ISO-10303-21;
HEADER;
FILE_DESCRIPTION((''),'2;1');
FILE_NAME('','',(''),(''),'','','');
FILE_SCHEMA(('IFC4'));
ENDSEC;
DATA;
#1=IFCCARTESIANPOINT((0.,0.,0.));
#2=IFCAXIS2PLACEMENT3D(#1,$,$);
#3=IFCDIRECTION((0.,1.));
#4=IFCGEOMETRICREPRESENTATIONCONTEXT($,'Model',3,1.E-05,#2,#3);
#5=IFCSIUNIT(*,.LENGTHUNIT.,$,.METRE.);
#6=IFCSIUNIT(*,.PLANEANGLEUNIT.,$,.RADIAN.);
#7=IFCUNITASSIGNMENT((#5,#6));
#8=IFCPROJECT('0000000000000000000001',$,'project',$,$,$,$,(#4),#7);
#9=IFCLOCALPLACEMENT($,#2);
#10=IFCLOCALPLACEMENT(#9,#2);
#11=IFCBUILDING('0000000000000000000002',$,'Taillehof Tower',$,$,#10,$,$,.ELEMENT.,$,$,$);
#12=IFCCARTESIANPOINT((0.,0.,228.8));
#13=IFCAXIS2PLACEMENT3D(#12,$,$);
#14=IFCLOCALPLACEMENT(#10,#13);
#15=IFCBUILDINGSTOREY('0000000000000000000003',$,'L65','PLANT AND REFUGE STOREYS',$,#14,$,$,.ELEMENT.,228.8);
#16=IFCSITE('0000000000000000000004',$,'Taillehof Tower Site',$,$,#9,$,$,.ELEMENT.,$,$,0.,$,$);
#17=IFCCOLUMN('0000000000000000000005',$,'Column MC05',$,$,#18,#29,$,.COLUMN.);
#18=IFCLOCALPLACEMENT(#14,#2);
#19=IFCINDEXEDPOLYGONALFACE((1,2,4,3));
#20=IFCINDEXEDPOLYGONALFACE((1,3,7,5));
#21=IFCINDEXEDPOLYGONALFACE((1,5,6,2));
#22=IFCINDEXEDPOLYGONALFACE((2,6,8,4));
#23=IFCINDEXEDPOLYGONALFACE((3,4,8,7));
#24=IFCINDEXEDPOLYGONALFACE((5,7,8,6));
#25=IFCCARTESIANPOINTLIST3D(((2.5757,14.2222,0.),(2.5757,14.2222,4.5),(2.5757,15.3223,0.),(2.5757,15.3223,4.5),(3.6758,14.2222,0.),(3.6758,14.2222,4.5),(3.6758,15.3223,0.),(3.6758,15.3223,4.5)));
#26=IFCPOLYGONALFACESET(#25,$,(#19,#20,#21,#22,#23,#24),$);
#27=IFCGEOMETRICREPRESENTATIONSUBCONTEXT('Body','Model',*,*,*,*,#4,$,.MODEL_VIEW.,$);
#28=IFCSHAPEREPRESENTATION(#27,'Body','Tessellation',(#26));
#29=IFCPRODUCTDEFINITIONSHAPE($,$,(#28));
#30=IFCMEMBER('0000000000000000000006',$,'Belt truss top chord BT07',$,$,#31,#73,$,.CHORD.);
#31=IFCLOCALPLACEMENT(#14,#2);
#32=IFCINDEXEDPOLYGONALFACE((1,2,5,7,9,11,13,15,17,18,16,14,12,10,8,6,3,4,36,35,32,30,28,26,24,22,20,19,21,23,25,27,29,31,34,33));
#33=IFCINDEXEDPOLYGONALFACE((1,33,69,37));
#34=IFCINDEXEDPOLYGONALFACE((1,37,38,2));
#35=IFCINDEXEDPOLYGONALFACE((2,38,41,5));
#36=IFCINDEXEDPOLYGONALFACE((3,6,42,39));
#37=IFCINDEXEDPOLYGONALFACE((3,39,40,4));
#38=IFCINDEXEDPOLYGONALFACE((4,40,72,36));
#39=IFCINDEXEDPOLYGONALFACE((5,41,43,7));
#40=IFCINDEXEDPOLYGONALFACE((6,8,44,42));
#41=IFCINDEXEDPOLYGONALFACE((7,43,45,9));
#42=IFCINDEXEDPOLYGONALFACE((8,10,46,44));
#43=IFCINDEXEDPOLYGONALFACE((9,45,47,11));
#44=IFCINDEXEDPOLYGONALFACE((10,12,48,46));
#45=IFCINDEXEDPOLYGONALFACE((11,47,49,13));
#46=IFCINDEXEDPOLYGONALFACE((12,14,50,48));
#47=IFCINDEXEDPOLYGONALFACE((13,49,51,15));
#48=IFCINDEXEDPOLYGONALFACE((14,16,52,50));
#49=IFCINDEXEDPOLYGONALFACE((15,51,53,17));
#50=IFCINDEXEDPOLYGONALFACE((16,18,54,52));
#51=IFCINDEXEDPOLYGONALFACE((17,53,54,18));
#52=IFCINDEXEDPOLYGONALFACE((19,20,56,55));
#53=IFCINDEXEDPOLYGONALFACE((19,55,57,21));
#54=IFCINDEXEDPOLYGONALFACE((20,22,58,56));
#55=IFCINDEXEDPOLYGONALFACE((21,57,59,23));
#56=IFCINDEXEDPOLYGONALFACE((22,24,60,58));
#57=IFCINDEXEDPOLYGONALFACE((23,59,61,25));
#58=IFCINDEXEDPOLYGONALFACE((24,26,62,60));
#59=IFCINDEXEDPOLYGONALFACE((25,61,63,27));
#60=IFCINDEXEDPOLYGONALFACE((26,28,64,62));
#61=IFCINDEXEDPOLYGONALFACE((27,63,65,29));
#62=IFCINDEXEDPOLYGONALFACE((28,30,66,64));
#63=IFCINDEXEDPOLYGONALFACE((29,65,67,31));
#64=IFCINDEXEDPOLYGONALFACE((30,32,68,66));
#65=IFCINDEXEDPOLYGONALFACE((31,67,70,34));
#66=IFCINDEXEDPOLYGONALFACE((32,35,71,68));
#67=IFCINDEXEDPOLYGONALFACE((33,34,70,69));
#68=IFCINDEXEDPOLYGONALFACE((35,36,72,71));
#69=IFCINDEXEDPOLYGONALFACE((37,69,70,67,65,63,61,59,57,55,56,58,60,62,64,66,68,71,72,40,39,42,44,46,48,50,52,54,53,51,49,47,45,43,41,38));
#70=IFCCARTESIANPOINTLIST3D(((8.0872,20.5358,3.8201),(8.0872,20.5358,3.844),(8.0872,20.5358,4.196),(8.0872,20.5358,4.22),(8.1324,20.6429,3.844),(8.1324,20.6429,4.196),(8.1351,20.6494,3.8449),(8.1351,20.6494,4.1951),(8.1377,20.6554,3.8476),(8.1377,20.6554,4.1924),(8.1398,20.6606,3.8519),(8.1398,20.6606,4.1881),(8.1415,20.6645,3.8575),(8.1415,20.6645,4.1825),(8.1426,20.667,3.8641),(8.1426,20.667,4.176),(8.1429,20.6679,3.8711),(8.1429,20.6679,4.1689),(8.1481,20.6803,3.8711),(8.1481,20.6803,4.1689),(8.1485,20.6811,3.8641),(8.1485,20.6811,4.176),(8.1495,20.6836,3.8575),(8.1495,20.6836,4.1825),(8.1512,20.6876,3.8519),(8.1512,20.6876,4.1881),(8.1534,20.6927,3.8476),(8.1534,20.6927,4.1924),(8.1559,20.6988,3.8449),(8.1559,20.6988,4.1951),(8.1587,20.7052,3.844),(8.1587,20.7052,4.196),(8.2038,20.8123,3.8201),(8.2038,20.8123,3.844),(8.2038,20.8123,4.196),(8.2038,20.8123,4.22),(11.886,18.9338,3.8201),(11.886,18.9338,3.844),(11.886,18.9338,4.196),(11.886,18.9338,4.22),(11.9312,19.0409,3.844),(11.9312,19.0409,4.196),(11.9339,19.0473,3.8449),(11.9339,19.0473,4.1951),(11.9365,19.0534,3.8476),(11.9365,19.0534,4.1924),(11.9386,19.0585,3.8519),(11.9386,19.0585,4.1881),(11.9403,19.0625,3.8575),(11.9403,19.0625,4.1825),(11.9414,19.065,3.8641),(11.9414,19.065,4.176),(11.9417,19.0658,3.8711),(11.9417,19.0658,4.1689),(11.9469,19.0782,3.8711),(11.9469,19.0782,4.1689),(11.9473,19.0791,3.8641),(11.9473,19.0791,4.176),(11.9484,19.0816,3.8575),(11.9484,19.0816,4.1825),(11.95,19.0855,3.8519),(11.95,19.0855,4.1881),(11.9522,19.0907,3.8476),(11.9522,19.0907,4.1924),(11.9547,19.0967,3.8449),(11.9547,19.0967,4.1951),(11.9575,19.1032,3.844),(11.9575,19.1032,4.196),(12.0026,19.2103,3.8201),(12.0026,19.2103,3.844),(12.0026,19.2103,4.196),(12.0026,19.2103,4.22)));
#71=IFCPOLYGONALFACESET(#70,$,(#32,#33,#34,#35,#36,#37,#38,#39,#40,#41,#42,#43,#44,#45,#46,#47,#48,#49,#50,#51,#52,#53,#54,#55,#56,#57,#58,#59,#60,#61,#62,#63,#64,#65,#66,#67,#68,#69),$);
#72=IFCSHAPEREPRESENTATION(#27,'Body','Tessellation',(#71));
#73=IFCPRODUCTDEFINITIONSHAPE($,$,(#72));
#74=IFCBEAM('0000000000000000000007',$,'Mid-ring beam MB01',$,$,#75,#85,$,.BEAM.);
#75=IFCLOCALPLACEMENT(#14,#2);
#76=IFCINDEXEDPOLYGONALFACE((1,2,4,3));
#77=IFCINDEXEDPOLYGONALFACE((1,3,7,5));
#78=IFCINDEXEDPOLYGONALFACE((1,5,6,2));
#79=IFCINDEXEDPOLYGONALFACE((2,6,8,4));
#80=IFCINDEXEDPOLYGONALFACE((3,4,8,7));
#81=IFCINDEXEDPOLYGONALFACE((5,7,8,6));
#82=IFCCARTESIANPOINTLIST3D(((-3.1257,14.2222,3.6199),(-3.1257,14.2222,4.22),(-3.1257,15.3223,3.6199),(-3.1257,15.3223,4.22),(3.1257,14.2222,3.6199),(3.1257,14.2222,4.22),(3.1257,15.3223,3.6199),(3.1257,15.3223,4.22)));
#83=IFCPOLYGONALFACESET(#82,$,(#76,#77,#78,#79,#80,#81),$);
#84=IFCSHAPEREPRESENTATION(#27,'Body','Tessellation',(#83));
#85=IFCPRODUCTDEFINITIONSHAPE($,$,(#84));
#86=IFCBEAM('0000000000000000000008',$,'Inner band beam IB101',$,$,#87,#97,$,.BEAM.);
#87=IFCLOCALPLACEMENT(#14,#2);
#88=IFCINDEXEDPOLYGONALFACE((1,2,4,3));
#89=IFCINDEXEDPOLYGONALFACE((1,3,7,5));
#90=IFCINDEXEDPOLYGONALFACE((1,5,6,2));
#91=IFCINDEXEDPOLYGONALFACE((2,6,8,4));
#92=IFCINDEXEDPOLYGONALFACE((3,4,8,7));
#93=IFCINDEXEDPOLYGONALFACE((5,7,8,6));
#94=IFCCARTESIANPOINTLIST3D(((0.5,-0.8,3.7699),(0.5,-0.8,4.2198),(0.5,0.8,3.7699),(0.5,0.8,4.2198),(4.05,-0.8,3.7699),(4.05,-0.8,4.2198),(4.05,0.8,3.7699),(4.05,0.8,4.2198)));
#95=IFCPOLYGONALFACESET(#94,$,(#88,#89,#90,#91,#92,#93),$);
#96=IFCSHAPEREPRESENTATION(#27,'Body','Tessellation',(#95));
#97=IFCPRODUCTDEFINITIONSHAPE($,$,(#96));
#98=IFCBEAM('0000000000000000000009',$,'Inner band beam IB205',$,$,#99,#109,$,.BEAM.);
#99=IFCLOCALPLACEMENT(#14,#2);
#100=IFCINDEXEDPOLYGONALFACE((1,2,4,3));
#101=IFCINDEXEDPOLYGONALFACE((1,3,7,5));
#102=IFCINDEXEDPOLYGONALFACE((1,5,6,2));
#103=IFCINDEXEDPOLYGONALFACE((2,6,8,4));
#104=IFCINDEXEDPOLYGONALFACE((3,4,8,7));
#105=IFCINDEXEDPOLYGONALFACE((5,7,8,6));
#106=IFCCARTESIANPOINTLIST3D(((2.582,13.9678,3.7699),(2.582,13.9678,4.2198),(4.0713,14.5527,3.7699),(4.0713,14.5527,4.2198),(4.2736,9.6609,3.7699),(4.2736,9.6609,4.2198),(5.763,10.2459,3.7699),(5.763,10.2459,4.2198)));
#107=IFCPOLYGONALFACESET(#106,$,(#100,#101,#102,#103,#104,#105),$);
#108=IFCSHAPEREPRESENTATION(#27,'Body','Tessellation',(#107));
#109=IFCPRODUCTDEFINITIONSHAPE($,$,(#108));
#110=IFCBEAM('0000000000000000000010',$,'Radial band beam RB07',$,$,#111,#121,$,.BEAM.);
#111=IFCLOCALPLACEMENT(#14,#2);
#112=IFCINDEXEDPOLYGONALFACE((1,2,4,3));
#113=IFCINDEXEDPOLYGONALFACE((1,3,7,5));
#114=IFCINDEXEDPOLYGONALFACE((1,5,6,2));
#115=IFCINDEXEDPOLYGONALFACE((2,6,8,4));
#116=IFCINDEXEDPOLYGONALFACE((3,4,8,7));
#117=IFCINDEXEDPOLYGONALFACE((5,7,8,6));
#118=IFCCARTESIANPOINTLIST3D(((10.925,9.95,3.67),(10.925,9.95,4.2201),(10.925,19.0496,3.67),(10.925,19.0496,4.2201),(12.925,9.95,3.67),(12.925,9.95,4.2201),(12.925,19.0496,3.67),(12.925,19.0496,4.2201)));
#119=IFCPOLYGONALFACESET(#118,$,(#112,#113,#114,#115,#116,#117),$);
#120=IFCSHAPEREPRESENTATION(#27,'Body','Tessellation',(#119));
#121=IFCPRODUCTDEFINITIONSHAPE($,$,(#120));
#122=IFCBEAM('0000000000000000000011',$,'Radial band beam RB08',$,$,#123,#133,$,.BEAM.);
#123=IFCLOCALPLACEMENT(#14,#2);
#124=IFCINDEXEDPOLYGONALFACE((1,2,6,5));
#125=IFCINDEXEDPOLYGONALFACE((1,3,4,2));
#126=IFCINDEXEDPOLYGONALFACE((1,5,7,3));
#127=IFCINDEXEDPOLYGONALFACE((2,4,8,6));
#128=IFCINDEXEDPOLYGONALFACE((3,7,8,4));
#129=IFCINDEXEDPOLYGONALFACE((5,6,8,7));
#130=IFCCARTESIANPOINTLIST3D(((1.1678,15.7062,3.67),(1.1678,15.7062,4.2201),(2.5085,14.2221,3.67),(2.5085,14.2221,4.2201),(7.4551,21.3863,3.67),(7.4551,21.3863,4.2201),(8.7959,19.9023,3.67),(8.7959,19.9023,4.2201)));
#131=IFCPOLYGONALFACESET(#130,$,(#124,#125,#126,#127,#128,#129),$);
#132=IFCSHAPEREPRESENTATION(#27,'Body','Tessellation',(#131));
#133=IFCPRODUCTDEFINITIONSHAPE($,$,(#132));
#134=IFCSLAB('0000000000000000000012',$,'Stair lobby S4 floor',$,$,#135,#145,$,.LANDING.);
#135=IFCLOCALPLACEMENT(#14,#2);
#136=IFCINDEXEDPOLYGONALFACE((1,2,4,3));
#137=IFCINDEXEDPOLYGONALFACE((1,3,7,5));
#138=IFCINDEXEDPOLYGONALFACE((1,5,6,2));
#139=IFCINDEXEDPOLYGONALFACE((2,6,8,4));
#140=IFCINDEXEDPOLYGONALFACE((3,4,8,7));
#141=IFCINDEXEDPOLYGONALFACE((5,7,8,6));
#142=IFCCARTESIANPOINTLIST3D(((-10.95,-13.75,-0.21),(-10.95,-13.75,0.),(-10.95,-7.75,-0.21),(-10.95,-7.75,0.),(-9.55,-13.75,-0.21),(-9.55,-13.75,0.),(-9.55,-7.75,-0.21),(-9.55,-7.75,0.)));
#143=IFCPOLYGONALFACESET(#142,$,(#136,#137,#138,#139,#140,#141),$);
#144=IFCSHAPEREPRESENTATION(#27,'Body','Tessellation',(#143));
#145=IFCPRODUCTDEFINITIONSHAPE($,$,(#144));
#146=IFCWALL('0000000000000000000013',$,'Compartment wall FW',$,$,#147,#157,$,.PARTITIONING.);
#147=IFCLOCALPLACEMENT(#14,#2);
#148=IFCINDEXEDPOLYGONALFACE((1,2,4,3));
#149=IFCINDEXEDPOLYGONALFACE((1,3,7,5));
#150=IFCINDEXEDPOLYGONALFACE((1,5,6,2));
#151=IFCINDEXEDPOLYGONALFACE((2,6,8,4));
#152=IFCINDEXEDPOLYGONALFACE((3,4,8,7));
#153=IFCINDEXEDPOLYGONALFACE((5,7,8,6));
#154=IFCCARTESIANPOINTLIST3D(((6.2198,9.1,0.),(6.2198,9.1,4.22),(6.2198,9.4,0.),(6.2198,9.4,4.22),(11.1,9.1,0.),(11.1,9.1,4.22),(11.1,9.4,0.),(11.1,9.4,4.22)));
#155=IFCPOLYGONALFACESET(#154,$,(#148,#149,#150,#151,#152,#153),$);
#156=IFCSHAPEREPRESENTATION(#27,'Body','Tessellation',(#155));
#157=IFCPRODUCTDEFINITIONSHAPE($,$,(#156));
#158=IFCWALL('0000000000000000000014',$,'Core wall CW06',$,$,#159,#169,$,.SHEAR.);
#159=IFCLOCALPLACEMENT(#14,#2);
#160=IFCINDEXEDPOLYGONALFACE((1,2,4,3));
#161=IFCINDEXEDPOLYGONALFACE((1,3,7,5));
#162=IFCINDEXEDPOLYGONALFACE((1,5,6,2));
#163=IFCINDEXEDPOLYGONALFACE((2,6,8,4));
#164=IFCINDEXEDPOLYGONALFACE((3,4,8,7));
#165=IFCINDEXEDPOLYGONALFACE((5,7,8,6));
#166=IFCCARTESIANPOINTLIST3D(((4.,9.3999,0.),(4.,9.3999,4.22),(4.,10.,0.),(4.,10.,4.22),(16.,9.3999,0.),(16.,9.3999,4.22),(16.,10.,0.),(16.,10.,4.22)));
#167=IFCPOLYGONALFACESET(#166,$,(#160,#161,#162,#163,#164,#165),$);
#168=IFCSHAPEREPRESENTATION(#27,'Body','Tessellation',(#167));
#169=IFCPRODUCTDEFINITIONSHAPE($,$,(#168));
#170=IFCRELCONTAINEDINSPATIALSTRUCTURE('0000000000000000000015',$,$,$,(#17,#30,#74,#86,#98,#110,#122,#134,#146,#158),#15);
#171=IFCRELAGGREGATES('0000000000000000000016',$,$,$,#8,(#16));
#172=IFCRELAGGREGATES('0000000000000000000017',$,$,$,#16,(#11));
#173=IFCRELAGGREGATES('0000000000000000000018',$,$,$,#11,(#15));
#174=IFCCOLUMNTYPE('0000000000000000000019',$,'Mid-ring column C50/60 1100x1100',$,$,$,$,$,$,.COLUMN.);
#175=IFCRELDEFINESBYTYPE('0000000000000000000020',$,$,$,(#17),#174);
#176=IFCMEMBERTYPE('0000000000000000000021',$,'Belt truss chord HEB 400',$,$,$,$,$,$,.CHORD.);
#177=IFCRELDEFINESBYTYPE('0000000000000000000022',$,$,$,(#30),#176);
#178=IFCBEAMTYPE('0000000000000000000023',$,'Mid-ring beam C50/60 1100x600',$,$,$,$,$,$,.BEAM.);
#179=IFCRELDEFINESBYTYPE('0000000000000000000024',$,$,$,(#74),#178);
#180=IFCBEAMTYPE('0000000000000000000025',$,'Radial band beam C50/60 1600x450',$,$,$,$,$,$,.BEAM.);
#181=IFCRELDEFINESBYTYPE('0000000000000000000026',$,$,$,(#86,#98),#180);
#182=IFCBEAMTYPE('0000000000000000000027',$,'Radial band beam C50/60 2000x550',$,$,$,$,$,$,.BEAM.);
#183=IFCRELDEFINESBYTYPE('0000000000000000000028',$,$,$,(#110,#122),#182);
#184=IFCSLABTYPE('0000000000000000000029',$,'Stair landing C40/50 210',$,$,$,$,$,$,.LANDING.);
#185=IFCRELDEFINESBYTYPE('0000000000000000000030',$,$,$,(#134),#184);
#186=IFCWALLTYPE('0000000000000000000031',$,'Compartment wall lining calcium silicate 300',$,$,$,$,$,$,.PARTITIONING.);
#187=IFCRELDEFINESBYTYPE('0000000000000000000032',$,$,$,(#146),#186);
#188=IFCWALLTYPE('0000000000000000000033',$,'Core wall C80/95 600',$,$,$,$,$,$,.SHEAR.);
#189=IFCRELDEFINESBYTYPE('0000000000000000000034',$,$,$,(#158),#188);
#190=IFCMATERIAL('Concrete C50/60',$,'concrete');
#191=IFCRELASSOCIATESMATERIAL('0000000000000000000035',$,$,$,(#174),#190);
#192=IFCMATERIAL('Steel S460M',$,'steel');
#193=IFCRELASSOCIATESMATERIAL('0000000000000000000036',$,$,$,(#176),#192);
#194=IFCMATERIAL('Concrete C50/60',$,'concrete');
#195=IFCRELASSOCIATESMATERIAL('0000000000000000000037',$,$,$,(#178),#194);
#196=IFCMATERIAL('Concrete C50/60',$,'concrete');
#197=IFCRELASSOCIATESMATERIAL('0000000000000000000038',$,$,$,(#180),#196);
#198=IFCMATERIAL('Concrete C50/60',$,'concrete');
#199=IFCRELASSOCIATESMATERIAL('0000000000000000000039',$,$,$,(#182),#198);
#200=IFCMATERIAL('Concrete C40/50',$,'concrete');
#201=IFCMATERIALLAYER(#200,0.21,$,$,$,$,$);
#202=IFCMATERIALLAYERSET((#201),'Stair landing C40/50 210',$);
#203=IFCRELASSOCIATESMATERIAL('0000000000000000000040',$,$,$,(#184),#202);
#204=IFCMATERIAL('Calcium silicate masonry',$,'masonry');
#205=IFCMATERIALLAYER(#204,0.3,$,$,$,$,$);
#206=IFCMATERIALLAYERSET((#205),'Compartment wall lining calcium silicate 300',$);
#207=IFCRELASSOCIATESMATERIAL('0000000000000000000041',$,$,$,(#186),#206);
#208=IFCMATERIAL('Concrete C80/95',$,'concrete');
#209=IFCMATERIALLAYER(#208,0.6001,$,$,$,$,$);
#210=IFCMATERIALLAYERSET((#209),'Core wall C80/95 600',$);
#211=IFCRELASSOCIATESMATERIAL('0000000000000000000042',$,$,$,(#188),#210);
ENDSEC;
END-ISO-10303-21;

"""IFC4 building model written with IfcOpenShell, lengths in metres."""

from ifc_helpers import new_model, si_unit, direction, frame, frame_2d, origin, origin_2d, place, context, subcontext, project, spatial, polyline, rectangle, i_section, outline, extrude, material, layer, layer_set, material_profile, profile_set, type_object, element, save


model = new_model("IFC4")

# Units and contexts
model_context = context("Model", 3, precision=1e-05, world=origin(), true_north=direction((0.0, 1.0)))
body_context = subcontext(model_context, "Body", "Model", "MODEL_VIEW")
ifc_project = project(units=[si_unit("LENGTHUNIT", "METRE"), si_unit("PLANEANGLEUNIT", "RADIAN")], contexts=[model_context])

# Site, building, storey
site_placement = place(None, origin())
site = spatial("IfcSite", under=ifc_project, at=site_placement, Name="Taillehof Tower Site", CompositionType="ELEMENT", RefElevation=0.0)
building_placement = place(site_placement, origin())
building = spatial("IfcBuilding", under=site, at=building_placement, Name="Taillehof Tower", CompositionType="ELEMENT")
storey_placement = place(building_placement, frame((0.0, 0.0, 228.8)))
storey = spatial("IfcBuildingStorey", under=building, at=storey_placement, Name="L65", Description="PLANT AND REFUGE STOREYS", CompositionType="ELEMENT", Elevation=228.8)

# Column
ifc_material_1 = material(Name="Concrete C50/60", Category="concrete")
ifc_material_profile_1 = material_profile(ifc_material_1, rectangle(XDim=1.1001, YDim=1.1001, at=origin_2d()), Name="RC 1100x1100")
ifc_profile_set_1 = profile_set([ifc_material_profile_1], Name="Concrete C50/60")
column_type = type_object("IfcColumnType", Name="Mid-ring column C50/60 1100x1100", PredefinedType="COLUMN", material=ifc_profile_set_1)
column_placement = place(storey_placement, frame((3.1257, 14.7722, 0.0), z_axis=(0.0, 0.0, 1.0), x_axis=(1.0, 0.0, 0.0)))
element("IfcColumn", 1, at=column_placement, inside=storey, type_object=column_type, Name="Column MC05", PredefinedType="COLUMN", context=body_context, shape_type="SweptSolid", body=[
    extrude(rectangle(XDim=1.1001, YDim=1.1001, at=origin_2d()), origin(), (0.0, 0.0, 1.0), 4.5),
])

# Member
ifc_material_2 = material(Name="Steel S460M", Category="steel")
ifc_material_profile_2 = material_profile(ifc_material_2, i_section(OverallWidth=0.3, OverallDepth=0.3999, WebThickness=0.0134, FlangeThickness=0.0239, FilletRadius=0.0271, at=origin_2d()), Name="HEB 400")
ifc_profile_set_2 = profile_set([ifc_material_profile_2], Name="Steel S460M")
member_type = type_object("IfcMemberType", Name="Belt truss chord HEB 400", PredefinedType="CHORD", material=ifc_profile_set_2)
member_placement = place(storey_placement, frame((11.9443, 19.072, 4.02), z_axis=(-0.921415, 0.388581, 0.0), x_axis=(-0.388581, -0.921415, 0.0)))
element("IfcMember", 2, at=member_placement, inside=storey, type_object=member_type, Name="Belt truss top chord BT07", PredefinedType="CHORD", context=body_context, shape_type="SweptSolid", body=[
    extrude(i_section(OverallWidth=0.3, OverallDepth=0.3999, WebThickness=0.0134, FlangeThickness=0.0239, FilletRadius=0.0271, at=origin_2d()), origin(), (0.0, 0.0, 1.0), 4.1228),
])

# Beams
ifc_material_3 = material(Name="Concrete C50/60", Category="concrete")
ifc_material_profile_3 = material_profile(ifc_material_3, rectangle(XDim=1.1001, YDim=0.6001, at=origin_2d()), Name="RC 1100x600")
ifc_profile_set_3 = profile_set([ifc_material_profile_3], Name="Concrete C50/60")
beam_type_1 = type_object("IfcBeamType", Name="Mid-ring beam C50/60 1100x600", PredefinedType="BEAM", material=ifc_profile_set_3)
beam_1_placement = place(storey_placement, frame((3.1257, 14.7722, 3.9199), z_axis=(-1.0, 0.0, 0.0), x_axis=(0.0, -1.0, 0.0)))
element("IfcBeam", 3, at=beam_1_placement, inside=storey, type_object=beam_type_1, Name="Mid-ring beam MB01", PredefinedType="BEAM", context=body_context, shape_type="SweptSolid", body=[
    extrude(rectangle(XDim=1.1001, YDim=0.6001, at=origin_2d()), origin(), (0.0, 0.0, 1.0), 6.2515),
])
ifc_material_4 = material(Name="Concrete C50/60", Category="concrete")
ifc_material_profile_4 = material_profile(ifc_material_4, rectangle(XDim=1.6001, YDim=0.45, at=origin_2d()), Name="RC 1600x450")
ifc_profile_set_4 = profile_set([ifc_material_profile_4], Name="Concrete C50/60")
beam_type_2 = type_object("IfcBeamType", Name="Radial band beam C50/60 1600x450", PredefinedType="BEAM", material=ifc_profile_set_4)
beam_2_placement = place(storey_placement, frame((0.5, 0.0, 3.9949), z_axis=(1.0, 0.0, 0.0), x_axis=(0.0, 1.0, 0.0)))
element("IfcBeam", 4, at=beam_2_placement, inside=storey, type_object=beam_type_2, Name="Inner band beam IB101", PredefinedType="BEAM", context=body_context, shape_type="SweptSolid", body=[
    extrude(rectangle(XDim=1.6001, YDim=0.45, at=origin_2d()), origin(), (0.0, 0.0, 1.0), 3.55),
])
beam_3_placement = place(storey_placement, frame((3.3267, 14.2603, 3.9949), z_axis=(0.365589, -0.930777, 0.0), x_axis=(0.930777, 0.365589, 0.0)))
element("IfcBeam", 5, at=beam_3_placement, inside=storey, type_object=beam_type_2, Name="Inner band beam IB205", PredefinedType="BEAM", context=body_context, shape_type="SweptSolid", body=[
    extrude(rectangle(XDim=1.6001, YDim=0.45, at=origin_2d()), origin(), (0.0, 0.0, 1.0), 4.6272),
])
ifc_material_5 = material(Name="Concrete C50/60", Category="concrete")
ifc_material_profile_5 = material_profile(ifc_material_5, rectangle(XDim=2.0, YDim=0.55, at=origin_2d()), Name="RC 2000x550")
ifc_profile_set_5 = profile_set([ifc_material_profile_5], Name="Concrete C50/60")
beam_type_3 = type_object("IfcBeamType", Name="Radial band beam C50/60 2000x550", PredefinedType="BEAM", material=ifc_profile_set_5)
beam_4_placement = place(storey_placement, frame((11.925, 19.0496, 3.9451), z_axis=(0.0, -1.0, 0.0), x_axis=(1.0, 0.0, 0.0)))
element("IfcBeam", 6, at=beam_4_placement, inside=storey, type_object=beam_type_3, Name="Radial band beam RB07", PredefinedType="BEAM", context=body_context, shape_type="SweptSolid", body=[
    extrude(rectangle(XDim=2.0, YDim=0.55, at=origin_2d()), origin(), (0.0, 0.0, 1.0), 9.0996),
])
beam_5_placement = place(storey_placement, frame((8.1255, 20.6443, 3.9451), z_axis=(-0.742028, -0.670369, 0.0), x_axis=(0.670369, -0.742028, 0.0)))
element("IfcBeam", 7, at=beam_5_placement, inside=storey, type_object=beam_type_3, Name="Radial band beam RB08", PredefinedType="BEAM", context=body_context, shape_type="SweptSolid", body=[
    extrude(rectangle(XDim=2.0, YDim=0.55, at=origin_2d()), origin(), (0.0, 0.0, 1.0), 8.4731),
])

# Slab
ifc_material_6 = material(Name="Concrete C40/50", Category="concrete")
ifc_layer_1 = layer(ifc_material_6, 0.21)
ifc_layer_set_1 = layer_set([ifc_layer_1], Name="Stair landing C40/50 210")
slab_type = type_object("IfcSlabType", Name="Stair landing C40/50 210", PredefinedType="LANDING", material=ifc_layer_set_1)
slab_placement = place(storey_placement, frame((0.0, 0.0, -0.21)))
element("IfcSlab", 8, at=slab_placement, inside=storey, type_object=slab_type, Name="Stair lobby S4 floor", PredefinedType="LANDING", context=body_context, shape_type="SweptSolid", body=[
    extrude(outline(polyline([(-10.95, -13.75), (-9.55, -13.75), (-9.55, -7.75), (-10.95, -7.75), (-10.95, -13.75)])), origin(), (0.0, 0.0, 1.0), 0.21),
])

# Walls
ifc_material_7 = material(Name="Calcium silicate masonry", Category="masonry")
ifc_layer_2 = layer(ifc_material_7, 0.3)
ifc_layer_set_2 = layer_set([ifc_layer_2], Name="Compartment wall lining calcium silicate 300")
wall_type_1 = type_object("IfcWallType", Name="Compartment wall lining calcium silicate 300", PredefinedType="PARTITIONING", material=ifc_layer_set_2)
wall_1_placement = place(storey_placement, frame((6.22, 9.25, 0.0), z_axis=(0.0, 0.0, 1.0), x_axis=(1.0, 0.0, 0.0)))
element("IfcWall", 9, at=wall_1_placement, inside=storey, type_object=wall_type_1, Name="Compartment wall FW", PredefinedType="PARTITIONING", context=body_context, shape_type="SweptSolid", body=[
    extrude(rectangle(XDim=4.8801, YDim=0.3, at=frame_2d((2.4399, 0.0))), origin(), (0.0, 0.0, 1.0), 4.22),
])
ifc_material_8 = material(Name="Concrete C80/95", Category="concrete")
ifc_layer_3 = layer(ifc_material_8, 0.6001)
ifc_layer_set_3 = layer_set([ifc_layer_3], Name="Core wall C80/95 600")
wall_type_2 = type_object("IfcWallType", Name="Core wall C80/95 600", PredefinedType="SHEAR", material=ifc_layer_set_3)
wall_2_placement = place(storey_placement, frame((4.0, 9.7, 0.0), z_axis=(0.0, 0.0, 1.0), x_axis=(1.0, 0.0, 0.0)))
element("IfcWall", 10, at=wall_2_placement, inside=storey, type_object=wall_type_2, Name="Core wall CW06", PredefinedType="SHEAR", context=body_context, shape_type="SweptSolid", body=[
    extrude(rectangle(XDim=12.0, YDim=0.6001, at=frame_2d((6.0, 0.0))), origin(), (0.0, 0.0, 1.0), 4.22),
])

save(model, "model.ifc")
